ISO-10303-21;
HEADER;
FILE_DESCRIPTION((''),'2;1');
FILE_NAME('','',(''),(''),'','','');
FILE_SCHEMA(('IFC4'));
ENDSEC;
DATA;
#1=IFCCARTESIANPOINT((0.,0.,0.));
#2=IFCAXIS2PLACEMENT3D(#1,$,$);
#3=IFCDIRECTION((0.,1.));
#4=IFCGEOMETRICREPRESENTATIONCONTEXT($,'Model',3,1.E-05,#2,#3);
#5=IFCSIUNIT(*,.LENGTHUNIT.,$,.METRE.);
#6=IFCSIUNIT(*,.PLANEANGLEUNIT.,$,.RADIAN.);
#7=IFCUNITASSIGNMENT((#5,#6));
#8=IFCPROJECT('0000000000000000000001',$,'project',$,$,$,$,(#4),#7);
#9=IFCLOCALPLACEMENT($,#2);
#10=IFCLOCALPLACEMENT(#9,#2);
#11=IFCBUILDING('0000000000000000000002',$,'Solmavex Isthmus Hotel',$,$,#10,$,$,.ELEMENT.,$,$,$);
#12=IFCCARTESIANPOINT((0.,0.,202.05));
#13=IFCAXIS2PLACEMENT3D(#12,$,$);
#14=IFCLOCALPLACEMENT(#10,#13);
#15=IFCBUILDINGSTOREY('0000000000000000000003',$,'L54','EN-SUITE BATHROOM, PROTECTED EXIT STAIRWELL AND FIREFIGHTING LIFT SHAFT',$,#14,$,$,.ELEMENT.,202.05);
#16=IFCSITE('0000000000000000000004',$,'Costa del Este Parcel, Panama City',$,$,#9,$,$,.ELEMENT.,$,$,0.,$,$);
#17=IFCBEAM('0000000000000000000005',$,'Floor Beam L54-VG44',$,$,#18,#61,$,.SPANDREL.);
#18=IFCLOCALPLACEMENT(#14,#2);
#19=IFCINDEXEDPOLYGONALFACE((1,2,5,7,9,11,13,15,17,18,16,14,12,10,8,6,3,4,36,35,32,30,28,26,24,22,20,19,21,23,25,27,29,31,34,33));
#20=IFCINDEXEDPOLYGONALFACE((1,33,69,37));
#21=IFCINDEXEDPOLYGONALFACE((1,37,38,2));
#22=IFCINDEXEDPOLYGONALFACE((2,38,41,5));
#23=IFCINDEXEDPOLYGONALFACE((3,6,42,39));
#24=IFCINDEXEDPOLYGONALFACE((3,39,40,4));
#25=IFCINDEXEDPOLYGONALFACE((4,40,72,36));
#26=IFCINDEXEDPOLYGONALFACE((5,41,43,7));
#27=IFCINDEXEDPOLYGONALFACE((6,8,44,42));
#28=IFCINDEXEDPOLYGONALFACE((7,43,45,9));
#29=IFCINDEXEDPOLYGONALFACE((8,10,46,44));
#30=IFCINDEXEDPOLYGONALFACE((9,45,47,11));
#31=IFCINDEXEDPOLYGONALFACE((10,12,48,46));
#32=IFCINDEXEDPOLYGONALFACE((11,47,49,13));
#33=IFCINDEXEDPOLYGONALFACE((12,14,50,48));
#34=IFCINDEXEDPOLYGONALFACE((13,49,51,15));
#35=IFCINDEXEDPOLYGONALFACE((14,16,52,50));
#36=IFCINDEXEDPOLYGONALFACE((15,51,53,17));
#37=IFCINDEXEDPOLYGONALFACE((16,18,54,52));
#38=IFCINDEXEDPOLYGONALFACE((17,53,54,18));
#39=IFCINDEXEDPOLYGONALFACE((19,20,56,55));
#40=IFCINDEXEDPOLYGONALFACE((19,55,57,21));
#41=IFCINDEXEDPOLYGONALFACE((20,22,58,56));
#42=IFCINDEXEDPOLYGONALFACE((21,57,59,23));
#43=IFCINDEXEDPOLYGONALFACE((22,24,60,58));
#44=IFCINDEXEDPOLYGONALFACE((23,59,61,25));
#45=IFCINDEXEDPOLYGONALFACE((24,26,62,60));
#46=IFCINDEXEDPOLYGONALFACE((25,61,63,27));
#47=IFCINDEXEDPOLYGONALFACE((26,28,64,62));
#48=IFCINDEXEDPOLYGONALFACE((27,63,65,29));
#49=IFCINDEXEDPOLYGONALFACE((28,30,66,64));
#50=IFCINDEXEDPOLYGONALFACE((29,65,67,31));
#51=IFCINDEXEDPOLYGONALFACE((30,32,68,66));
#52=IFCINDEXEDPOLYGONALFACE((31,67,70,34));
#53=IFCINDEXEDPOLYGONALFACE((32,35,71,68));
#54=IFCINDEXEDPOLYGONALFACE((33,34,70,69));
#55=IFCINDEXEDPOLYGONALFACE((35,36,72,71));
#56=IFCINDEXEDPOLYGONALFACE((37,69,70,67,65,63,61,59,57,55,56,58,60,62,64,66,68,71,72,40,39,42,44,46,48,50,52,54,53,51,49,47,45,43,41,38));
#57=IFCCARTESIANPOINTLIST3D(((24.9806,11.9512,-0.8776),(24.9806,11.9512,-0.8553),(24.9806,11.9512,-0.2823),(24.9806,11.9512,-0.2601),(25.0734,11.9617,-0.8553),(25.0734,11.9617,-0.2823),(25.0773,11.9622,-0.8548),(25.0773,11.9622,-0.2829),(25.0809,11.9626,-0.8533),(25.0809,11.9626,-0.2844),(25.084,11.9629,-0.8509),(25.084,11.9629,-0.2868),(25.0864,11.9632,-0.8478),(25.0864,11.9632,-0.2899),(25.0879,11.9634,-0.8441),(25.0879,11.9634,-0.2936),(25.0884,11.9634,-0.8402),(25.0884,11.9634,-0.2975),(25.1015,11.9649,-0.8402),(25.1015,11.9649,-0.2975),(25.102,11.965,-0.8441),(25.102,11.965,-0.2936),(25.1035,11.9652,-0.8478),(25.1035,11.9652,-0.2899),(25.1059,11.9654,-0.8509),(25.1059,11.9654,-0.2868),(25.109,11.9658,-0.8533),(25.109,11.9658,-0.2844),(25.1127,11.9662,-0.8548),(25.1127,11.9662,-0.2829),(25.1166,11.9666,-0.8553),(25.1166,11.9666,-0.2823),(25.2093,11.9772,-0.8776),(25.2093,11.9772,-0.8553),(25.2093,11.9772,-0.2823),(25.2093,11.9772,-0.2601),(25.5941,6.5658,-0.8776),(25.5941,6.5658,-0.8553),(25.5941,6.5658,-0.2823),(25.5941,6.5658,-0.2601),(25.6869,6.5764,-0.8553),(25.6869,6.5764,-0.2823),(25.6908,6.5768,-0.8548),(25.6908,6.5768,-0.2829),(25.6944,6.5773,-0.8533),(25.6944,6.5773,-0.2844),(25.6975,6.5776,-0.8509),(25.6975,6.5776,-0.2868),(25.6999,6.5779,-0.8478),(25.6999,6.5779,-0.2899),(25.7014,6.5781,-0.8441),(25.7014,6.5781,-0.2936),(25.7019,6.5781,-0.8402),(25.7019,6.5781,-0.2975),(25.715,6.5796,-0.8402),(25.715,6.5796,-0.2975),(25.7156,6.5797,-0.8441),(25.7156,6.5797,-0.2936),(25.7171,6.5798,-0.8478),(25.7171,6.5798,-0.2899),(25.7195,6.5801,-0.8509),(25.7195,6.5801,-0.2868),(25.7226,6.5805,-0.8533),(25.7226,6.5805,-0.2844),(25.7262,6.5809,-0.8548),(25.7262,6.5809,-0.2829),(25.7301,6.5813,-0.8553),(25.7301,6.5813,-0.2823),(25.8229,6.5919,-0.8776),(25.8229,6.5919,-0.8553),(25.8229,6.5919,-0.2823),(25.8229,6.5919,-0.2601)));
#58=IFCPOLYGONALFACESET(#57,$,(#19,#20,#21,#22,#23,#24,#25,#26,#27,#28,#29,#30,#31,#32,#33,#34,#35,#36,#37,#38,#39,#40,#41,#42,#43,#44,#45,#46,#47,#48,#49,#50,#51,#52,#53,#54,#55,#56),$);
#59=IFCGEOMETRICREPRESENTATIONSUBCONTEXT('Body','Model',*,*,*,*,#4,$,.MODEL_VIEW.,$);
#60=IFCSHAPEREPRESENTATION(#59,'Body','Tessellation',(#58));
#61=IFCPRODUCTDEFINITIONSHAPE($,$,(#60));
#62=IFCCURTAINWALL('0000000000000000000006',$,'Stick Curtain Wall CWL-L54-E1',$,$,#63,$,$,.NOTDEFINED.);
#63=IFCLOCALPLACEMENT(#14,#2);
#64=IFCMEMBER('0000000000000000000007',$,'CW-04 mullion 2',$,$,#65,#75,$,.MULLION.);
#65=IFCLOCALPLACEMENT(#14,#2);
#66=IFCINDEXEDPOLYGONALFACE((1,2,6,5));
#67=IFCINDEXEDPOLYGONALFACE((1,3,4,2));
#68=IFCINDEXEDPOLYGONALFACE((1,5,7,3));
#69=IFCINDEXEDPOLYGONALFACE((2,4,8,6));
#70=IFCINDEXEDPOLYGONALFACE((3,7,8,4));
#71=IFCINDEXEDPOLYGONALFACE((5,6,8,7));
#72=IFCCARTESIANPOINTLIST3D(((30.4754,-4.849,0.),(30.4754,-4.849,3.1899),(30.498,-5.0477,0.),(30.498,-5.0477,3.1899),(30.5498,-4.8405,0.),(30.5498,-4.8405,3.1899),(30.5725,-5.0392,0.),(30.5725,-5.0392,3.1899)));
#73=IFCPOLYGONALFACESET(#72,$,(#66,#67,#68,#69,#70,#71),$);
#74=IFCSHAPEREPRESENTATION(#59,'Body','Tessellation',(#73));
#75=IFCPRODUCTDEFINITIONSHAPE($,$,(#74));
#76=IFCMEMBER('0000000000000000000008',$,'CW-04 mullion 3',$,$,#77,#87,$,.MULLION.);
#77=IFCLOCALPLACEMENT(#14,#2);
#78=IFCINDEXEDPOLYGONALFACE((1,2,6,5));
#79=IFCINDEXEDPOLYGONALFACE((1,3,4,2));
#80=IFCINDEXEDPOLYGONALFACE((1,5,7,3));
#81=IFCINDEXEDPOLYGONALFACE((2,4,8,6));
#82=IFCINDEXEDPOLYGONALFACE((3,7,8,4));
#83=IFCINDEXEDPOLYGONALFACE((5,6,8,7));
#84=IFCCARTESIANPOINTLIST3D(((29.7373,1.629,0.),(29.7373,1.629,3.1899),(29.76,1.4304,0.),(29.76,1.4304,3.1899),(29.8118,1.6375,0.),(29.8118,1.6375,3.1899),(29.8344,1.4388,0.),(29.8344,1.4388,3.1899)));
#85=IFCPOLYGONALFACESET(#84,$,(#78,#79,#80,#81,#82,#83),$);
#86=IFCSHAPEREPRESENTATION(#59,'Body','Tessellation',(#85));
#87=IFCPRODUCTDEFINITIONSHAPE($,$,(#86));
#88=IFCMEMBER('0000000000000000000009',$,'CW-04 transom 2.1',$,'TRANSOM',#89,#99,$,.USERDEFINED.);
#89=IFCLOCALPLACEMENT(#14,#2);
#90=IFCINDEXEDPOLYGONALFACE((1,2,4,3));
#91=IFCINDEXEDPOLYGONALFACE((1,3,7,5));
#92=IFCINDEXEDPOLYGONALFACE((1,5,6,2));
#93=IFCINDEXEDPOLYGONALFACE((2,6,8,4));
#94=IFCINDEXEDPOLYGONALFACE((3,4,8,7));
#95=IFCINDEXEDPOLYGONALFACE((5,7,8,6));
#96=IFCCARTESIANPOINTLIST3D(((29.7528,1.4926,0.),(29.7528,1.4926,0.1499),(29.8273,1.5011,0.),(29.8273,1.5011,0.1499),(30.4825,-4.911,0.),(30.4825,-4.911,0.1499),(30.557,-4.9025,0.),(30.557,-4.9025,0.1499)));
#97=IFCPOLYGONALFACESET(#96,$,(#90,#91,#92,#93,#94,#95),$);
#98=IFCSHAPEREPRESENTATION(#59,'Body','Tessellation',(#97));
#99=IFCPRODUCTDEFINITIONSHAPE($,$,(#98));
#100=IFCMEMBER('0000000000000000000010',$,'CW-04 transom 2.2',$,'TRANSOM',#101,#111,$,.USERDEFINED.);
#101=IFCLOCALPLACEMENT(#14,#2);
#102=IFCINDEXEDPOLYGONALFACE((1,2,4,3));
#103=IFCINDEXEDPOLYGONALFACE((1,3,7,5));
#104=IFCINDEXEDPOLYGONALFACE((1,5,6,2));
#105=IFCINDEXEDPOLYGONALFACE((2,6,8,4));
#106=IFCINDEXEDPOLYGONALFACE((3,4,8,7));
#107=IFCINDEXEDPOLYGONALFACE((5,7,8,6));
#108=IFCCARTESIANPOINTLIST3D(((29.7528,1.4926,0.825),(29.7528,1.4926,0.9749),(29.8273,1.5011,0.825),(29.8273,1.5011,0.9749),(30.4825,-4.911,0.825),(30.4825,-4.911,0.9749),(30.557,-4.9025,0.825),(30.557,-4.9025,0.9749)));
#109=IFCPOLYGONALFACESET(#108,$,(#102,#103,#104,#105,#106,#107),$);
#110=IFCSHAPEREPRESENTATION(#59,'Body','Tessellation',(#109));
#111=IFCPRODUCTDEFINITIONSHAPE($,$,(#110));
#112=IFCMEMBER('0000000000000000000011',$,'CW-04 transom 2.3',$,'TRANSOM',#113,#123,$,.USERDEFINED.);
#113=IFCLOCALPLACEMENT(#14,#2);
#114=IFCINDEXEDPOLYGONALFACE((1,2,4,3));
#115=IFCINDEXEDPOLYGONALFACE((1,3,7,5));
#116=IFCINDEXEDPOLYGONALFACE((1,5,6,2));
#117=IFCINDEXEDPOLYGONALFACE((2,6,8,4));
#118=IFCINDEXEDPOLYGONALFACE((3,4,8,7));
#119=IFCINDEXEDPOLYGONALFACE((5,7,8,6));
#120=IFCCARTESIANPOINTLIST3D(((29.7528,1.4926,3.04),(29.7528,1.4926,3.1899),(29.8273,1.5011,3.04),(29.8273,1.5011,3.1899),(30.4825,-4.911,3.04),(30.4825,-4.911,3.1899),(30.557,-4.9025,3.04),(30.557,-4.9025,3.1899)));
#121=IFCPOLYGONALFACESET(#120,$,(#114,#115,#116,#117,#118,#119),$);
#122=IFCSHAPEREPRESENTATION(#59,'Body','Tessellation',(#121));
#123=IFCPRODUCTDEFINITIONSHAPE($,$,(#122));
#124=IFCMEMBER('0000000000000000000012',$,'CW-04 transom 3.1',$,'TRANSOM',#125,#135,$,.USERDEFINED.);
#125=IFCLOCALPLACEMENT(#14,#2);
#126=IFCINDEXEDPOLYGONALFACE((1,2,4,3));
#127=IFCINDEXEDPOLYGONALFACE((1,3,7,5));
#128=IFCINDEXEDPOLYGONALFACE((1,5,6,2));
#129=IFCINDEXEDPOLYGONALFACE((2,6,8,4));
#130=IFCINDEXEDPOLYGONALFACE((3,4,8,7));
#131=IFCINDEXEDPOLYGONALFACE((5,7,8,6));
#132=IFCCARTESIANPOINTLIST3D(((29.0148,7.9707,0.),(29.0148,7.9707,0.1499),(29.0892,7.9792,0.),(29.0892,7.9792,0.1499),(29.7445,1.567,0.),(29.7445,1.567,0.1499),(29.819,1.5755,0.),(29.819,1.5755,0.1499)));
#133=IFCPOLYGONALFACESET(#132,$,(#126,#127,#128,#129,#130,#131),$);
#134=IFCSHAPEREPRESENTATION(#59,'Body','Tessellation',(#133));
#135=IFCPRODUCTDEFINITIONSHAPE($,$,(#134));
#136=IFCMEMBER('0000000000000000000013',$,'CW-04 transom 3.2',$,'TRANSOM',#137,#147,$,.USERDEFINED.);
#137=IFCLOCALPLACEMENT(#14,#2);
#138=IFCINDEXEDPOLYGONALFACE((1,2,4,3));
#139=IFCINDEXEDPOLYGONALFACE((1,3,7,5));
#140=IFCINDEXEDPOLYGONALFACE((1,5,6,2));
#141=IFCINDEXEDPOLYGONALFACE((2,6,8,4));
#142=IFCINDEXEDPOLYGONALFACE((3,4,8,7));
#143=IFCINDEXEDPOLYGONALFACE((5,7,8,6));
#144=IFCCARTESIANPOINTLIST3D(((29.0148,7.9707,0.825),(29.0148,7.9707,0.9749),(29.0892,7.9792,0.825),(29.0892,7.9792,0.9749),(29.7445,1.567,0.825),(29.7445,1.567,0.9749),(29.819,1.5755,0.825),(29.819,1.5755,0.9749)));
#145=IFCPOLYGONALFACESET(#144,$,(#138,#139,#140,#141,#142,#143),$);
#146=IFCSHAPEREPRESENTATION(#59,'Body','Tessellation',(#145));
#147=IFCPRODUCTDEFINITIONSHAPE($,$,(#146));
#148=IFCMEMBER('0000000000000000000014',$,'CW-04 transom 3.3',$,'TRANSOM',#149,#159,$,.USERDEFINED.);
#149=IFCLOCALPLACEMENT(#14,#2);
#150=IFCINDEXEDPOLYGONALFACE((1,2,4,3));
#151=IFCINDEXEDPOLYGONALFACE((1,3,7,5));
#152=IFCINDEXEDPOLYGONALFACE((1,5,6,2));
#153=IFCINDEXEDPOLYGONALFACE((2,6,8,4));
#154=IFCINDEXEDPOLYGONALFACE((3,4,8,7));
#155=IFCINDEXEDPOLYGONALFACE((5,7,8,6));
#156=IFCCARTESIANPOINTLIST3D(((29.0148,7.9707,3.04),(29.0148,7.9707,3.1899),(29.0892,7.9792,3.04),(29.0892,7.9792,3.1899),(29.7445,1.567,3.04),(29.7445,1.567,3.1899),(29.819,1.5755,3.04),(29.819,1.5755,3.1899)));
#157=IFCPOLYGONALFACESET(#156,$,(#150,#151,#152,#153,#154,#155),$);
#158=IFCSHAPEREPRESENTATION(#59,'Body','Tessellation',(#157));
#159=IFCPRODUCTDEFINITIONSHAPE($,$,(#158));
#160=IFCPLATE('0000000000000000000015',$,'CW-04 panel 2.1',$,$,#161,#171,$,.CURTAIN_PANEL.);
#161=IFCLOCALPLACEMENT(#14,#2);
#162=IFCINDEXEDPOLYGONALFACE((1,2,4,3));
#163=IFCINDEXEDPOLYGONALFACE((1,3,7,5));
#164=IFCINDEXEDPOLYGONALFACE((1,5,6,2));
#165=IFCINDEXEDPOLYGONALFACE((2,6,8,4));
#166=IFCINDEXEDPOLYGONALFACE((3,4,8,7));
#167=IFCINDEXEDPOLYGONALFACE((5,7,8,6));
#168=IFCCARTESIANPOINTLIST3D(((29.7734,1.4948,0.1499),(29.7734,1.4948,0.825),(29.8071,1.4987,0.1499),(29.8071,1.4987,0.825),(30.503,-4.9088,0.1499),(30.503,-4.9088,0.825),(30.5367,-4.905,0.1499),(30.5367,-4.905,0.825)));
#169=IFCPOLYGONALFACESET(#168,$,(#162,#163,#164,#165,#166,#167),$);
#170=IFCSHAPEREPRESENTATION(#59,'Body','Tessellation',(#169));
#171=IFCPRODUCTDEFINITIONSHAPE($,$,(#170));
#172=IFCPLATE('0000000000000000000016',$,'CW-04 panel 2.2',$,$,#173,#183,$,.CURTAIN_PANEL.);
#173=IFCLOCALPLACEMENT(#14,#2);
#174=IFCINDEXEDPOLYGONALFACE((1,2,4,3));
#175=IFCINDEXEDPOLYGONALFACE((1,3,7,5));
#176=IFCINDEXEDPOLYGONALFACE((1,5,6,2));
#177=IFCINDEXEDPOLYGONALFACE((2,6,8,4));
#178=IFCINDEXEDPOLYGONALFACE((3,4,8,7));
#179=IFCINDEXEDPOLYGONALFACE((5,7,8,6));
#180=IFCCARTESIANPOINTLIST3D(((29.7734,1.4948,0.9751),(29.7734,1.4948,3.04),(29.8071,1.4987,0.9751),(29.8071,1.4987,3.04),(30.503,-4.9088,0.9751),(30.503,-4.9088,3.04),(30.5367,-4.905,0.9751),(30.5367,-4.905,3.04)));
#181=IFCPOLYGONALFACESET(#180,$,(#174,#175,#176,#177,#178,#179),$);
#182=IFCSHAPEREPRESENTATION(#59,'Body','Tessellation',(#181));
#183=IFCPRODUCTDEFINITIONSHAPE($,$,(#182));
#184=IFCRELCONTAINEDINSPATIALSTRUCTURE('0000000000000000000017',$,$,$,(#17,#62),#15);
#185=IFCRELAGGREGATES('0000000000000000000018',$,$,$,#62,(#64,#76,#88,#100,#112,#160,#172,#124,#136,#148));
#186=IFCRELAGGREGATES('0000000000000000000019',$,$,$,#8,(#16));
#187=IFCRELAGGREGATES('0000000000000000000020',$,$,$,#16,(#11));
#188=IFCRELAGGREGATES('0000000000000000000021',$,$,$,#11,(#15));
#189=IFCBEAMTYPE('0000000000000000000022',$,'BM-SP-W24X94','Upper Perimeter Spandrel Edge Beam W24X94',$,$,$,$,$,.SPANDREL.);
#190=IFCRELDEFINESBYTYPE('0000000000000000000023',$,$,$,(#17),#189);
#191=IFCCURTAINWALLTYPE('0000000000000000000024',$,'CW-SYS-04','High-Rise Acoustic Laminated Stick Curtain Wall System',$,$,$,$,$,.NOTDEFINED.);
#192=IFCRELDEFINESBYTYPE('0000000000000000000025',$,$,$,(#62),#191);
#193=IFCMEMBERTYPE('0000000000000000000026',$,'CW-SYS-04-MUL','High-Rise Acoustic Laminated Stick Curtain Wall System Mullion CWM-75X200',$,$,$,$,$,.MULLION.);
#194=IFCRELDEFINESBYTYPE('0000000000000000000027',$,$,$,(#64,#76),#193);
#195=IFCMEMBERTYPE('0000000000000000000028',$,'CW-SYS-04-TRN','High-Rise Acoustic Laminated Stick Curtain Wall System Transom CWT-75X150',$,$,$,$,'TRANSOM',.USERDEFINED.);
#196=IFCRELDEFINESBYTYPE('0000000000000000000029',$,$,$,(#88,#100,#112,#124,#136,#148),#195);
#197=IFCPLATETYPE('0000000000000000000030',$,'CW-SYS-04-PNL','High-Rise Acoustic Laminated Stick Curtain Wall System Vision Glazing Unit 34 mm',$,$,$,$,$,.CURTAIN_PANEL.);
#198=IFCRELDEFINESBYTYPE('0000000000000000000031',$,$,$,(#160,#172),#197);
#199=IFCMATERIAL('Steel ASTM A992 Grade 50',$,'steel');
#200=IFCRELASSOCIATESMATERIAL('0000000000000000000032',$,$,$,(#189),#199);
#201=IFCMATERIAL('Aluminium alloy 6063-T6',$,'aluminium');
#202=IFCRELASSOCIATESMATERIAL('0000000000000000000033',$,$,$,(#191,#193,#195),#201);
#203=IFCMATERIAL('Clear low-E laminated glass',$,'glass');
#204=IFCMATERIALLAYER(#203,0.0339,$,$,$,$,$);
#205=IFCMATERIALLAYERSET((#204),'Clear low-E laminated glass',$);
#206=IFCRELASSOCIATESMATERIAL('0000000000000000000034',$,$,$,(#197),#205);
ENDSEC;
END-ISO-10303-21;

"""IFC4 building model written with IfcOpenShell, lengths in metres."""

from ifc_helpers import new_model, si_unit, direction, frame, origin, origin_2d, place, context, subcontext, project, spatial, rectangle, i_section, extrude, material, layer, layer_set, material_profile, profile_set, type_object, element, aggregate, save


model = new_model("IFC4")

# Units and contexts
model_context = context("Model", 3, precision=1e-05, world=origin(), true_north=direction((0.0, 1.0)))
body_context = subcontext(model_context, "Body", "Model", "MODEL_VIEW")
ifc_project = project(units=[si_unit("LENGTHUNIT", "METRE"), si_unit("PLANEANGLEUNIT", "RADIAN")], contexts=[model_context])

# Site, building, storey
site_placement = place(None, origin())
site = spatial("IfcSite", under=ifc_project, at=site_placement, Name="Costa del Este Parcel, Panama City", CompositionType="ELEMENT", RefElevation=0.0)
building_placement = place(site_placement, origin())
building = spatial("IfcBuilding", under=site, at=building_placement, Name="Solmavex Isthmus Hotel", CompositionType="ELEMENT")
storey_placement = place(building_placement, frame((0.0, 0.0, 202.05)))
storey = spatial("IfcBuildingStorey", under=building, at=storey_placement, Name="L54", Description="EN-SUITE BATHROOM, PROTECTED EXIT STAIRWELL AND FIREFIGHTING LIFT SHAFT", CompositionType="ELEMENT", Elevation=202.05)

# Beam
ifc_material_1 = material(Name="Steel ASTM A992 Grade 50", Category="steel")
ifc_material_profile_1 = material_profile(ifc_material_1, i_section(OverallWidth=0.2302, OverallDepth=0.6174, WebThickness=0.0132, FlangeThickness=0.0222, FilletRadius=0.0151, at=origin_2d()), Name="W24X94")
ifc_profile_set_1 = profile_set([ifc_material_profile_1], Name="Steel ASTM A992 Grade 50")
beam_type_1 = type_object("IfcBeamType", Name="BM-SP-W24X94", Description="Upper Perimeter Spandrel Edge Beam W24X94", PredefinedType="SPANDREL", material=ifc_profile_set_1)
beam_1_placement = place(storey_placement, frame((25.7085, 6.5789, -0.5688), z_axis=(-0.113195, 0.993573, 0.0), x_axis=(-0.993573, -0.113195, 0.0)))
element("IfcBeam", 1, at=beam_1_placement, inside=storey, type_object=beam_type_1, Name="Floor Beam L54-VG44", PredefinedType="SPANDREL", context=body_context, shape_type="SweptSolid", body=[
    extrude(i_section(OverallWidth=0.2302, OverallDepth=0.6174, WebThickness=0.0132, FlangeThickness=0.0222, FilletRadius=0.0151, at=origin_2d()), origin(), (0.0, 0.0, 1.0), 5.4202),
])

# Curtain wall, members, plates
ifc_material_2 = material(Name="Aluminium alloy 6063-T6", Category="aluminium")
curtain_wall_type = type_object("IfcCurtainWallType", Name="CW-SYS-04", Description="High-Rise Acoustic Laminated Stick Curtain Wall System", PredefinedType="NOTDEFINED", material=ifc_material_2)
curtain_wall_placement = place(storey_placement, origin())
curtain_wall = element("IfcCurtainWall", 2, at=curtain_wall_placement, inside=storey, type_object=curtain_wall_type, Name="Stick Curtain Wall CWL-L54-E1", PredefinedType="NOTDEFINED")
ifc_material_profile_2 = material_profile(ifc_material_2, rectangle(XDim=0.075, YDim=0.2, at=origin_2d()), Name="CWM-75X200")
ifc_profile_set_2 = profile_set([ifc_material_profile_2], Name="Aluminium alloy 6063-T6")
member_type_1 = type_object("IfcMemberType", Name="CW-SYS-04-MUL", Description="High-Rise Acoustic Laminated Stick Curtain Wall System Mullion CWM-75X200", PredefinedType="MULLION", material=ifc_profile_set_2)
member_1_placement = place(storey_placement, frame((30.5239, -4.9441, 0.0), z_axis=(0.0, 0.0, 1.0), x_axis=(-0.993572, -0.113203, 0.0)))
member_1 = element("IfcMember", 3, at=member_1_placement, type_object=member_type_1, Name="CW-04 mullion 2", PredefinedType="MULLION", context=body_context, shape_type="SweptSolid", body=[
    extrude(rectangle(XDim=0.075, YDim=0.2, at=origin_2d()), origin(), (0.0, 0.0, 1.0), 3.1899),
])
member_2_placement = place(storey_placement, frame((29.7859, 1.5339, 0.0), z_axis=(0.0, 0.0, 1.0), x_axis=(-0.993572, -0.113203, 0.0)))
member_2 = element("IfcMember", 4, at=member_2_placement, type_object=member_type_1, Name="CW-04 mullion 3", PredefinedType="MULLION", context=body_context, shape_type="SweptSolid", body=[
    extrude(rectangle(XDim=0.075, YDim=0.2, at=origin_2d()), origin(), (0.0, 0.0, 1.0), 3.1899),
])
ifc_material_profile_3 = material_profile(ifc_material_2, rectangle(XDim=0.075, YDim=0.1499, at=origin_2d()), Name="CWT-75X150")
ifc_profile_set_3 = profile_set([ifc_material_profile_3], Name="Aluminium alloy 6063-T6")
member_type_2 = type_object("IfcMemberType", Name="CW-SYS-04-TRN", Description="High-Rise Acoustic Laminated Stick Curtain Wall System Transom CWT-75X150", ElementType="TRANSOM", PredefinedType="USERDEFINED", material=ifc_profile_set_3)
member_3_placement = place(storey_placement, frame((30.5198, -4.9067, 0.075), z_axis=(-0.113225, 0.993569, 0.0), x_axis=(-0.993569, -0.113225, 0.0)))
member_3 = element("IfcMember", 5, at=member_3_placement, type_object=member_type_2, Name="CW-04 transom 2.1", ObjectType="TRANSOM", PredefinedType="USERDEFINED", context=body_context, shape_type="SweptSolid", body=[
    extrude(rectangle(XDim=0.075, YDim=0.1499, at=origin_2d()), origin(), (0.0, 0.0, 1.0), 6.4451),
])
member_4_placement = place(storey_placement, frame((30.5198, -4.9067, 0.8999), z_axis=(-0.113225, 0.993569, 0.0), x_axis=(-0.993569, -0.113225, 0.0)))
member_4 = element("IfcMember", 6, at=member_4_placement, type_object=member_type_2, Name="CW-04 transom 2.2", ObjectType="TRANSOM", PredefinedType="USERDEFINED", context=body_context, shape_type="SweptSolid", body=[
    extrude(rectangle(XDim=0.075, YDim=0.1499, at=origin_2d()), origin(), (0.0, 0.0, 1.0), 6.4451),
])
member_5_placement = place(storey_placement, frame((30.5198, -4.9067, 3.115), z_axis=(-0.113225, 0.993569, 0.0), x_axis=(-0.993569, -0.113225, 0.0)))
member_5 = element("IfcMember", 7, at=member_5_placement, type_object=member_type_2, Name="CW-04 transom 2.3", ObjectType="TRANSOM", PredefinedType="USERDEFINED", context=body_context, shape_type="SweptSolid", body=[
    extrude(rectangle(XDim=0.075, YDim=0.1499, at=origin_2d()), origin(), (0.0, 0.0, 1.0), 6.4451),
])
member_6_placement = place(storey_placement, frame((29.7817, 1.5713, 0.075), z_axis=(-0.113225, 0.993569, 0.0), x_axis=(-0.993569, -0.113225, 0.0)))
member_6 = element("IfcMember", 8, at=member_6_placement, type_object=member_type_2, Name="CW-04 transom 3.1", ObjectType="TRANSOM", PredefinedType="USERDEFINED", context=body_context, shape_type="SweptSolid", body=[
    extrude(rectangle(XDim=0.075, YDim=0.1499, at=origin_2d()), origin(), (0.0, 0.0, 1.0), 6.4451),
])
member_7_placement = place(storey_placement, frame((29.7817, 1.5713, 0.8999), z_axis=(-0.113225, 0.993569, 0.0), x_axis=(-0.993569, -0.113225, 0.0)))
member_7 = element("IfcMember", 9, at=member_7_placement, type_object=member_type_2, Name="CW-04 transom 3.2", ObjectType="TRANSOM", PredefinedType="USERDEFINED", context=body_context, shape_type="SweptSolid", body=[
    extrude(rectangle(XDim=0.075, YDim=0.1499, at=origin_2d()), origin(), (0.0, 0.0, 1.0), 6.4451),
])
member_8_placement = place(storey_placement, frame((29.7817, 1.5713, 3.115), z_axis=(-0.113225, 0.993569, 0.0), x_axis=(-0.993569, -0.113225, 0.0)))
member_8 = element("IfcMember", 10, at=member_8_placement, type_object=member_type_2, Name="CW-04 transom 3.3", ObjectType="TRANSOM", PredefinedType="USERDEFINED", context=body_context, shape_type="SweptSolid", body=[
    extrude(rectangle(XDim=0.075, YDim=0.1499, at=origin_2d()), origin(), (0.0, 0.0, 1.0), 6.4451),
])
ifc_material_3 = material(Name="Clear low-E laminated glass", Category="glass")
ifc_layer_1 = layer(ifc_material_3, 0.0339)
ifc_layer_set_1 = layer_set([ifc_layer_1], Name="Clear low-E laminated glass")
plate_type = type_object("IfcPlateType", Name="CW-SYS-04-PNL", Description="High-Rise Acoustic Laminated Stick Curtain Wall System Vision Glazing Unit 34 mm", PredefinedType="CURTAIN_PANEL", material=ifc_layer_set_1)
plate_1_placement = place(storey_placement, frame((30.155, -1.7051, 0.1499), z_axis=(0.0, 0.0, 1.0), x_axis=(-0.113203, 0.993572, 0.0)))
plate_1 = element("IfcPlate", 11, at=plate_1_placement, type_object=plate_type, Name="CW-04 panel 2.1", PredefinedType="CURTAIN_PANEL", context=body_context, shape_type="SweptSolid", body=[
    extrude(rectangle(XDim=6.4451, YDim=0.0339, at=origin_2d()), origin(), (0.0, 0.0, 1.0), 0.675),
])
plate_2_placement = place(storey_placement, frame((30.155, -1.7051, 0.9751), z_axis=(0.0, 0.0, 1.0), x_axis=(-0.113203, 0.993572, 0.0)))
plate_2 = element("IfcPlate", 12, at=plate_2_placement, type_object=plate_type, Name="CW-04 panel 2.2", PredefinedType="CURTAIN_PANEL", context=body_context, shape_type="SweptSolid", body=[
    extrude(rectangle(XDim=6.4451, YDim=0.0339, at=origin_2d()), origin(), (0.0, 0.0, 1.0), 2.0649),
])
aggregate(curtain_wall, [member_1, member_2, member_3, member_4, member_5, plate_1, plate_2, member_6, member_7, member_8])

save(model, "model.ifc")
